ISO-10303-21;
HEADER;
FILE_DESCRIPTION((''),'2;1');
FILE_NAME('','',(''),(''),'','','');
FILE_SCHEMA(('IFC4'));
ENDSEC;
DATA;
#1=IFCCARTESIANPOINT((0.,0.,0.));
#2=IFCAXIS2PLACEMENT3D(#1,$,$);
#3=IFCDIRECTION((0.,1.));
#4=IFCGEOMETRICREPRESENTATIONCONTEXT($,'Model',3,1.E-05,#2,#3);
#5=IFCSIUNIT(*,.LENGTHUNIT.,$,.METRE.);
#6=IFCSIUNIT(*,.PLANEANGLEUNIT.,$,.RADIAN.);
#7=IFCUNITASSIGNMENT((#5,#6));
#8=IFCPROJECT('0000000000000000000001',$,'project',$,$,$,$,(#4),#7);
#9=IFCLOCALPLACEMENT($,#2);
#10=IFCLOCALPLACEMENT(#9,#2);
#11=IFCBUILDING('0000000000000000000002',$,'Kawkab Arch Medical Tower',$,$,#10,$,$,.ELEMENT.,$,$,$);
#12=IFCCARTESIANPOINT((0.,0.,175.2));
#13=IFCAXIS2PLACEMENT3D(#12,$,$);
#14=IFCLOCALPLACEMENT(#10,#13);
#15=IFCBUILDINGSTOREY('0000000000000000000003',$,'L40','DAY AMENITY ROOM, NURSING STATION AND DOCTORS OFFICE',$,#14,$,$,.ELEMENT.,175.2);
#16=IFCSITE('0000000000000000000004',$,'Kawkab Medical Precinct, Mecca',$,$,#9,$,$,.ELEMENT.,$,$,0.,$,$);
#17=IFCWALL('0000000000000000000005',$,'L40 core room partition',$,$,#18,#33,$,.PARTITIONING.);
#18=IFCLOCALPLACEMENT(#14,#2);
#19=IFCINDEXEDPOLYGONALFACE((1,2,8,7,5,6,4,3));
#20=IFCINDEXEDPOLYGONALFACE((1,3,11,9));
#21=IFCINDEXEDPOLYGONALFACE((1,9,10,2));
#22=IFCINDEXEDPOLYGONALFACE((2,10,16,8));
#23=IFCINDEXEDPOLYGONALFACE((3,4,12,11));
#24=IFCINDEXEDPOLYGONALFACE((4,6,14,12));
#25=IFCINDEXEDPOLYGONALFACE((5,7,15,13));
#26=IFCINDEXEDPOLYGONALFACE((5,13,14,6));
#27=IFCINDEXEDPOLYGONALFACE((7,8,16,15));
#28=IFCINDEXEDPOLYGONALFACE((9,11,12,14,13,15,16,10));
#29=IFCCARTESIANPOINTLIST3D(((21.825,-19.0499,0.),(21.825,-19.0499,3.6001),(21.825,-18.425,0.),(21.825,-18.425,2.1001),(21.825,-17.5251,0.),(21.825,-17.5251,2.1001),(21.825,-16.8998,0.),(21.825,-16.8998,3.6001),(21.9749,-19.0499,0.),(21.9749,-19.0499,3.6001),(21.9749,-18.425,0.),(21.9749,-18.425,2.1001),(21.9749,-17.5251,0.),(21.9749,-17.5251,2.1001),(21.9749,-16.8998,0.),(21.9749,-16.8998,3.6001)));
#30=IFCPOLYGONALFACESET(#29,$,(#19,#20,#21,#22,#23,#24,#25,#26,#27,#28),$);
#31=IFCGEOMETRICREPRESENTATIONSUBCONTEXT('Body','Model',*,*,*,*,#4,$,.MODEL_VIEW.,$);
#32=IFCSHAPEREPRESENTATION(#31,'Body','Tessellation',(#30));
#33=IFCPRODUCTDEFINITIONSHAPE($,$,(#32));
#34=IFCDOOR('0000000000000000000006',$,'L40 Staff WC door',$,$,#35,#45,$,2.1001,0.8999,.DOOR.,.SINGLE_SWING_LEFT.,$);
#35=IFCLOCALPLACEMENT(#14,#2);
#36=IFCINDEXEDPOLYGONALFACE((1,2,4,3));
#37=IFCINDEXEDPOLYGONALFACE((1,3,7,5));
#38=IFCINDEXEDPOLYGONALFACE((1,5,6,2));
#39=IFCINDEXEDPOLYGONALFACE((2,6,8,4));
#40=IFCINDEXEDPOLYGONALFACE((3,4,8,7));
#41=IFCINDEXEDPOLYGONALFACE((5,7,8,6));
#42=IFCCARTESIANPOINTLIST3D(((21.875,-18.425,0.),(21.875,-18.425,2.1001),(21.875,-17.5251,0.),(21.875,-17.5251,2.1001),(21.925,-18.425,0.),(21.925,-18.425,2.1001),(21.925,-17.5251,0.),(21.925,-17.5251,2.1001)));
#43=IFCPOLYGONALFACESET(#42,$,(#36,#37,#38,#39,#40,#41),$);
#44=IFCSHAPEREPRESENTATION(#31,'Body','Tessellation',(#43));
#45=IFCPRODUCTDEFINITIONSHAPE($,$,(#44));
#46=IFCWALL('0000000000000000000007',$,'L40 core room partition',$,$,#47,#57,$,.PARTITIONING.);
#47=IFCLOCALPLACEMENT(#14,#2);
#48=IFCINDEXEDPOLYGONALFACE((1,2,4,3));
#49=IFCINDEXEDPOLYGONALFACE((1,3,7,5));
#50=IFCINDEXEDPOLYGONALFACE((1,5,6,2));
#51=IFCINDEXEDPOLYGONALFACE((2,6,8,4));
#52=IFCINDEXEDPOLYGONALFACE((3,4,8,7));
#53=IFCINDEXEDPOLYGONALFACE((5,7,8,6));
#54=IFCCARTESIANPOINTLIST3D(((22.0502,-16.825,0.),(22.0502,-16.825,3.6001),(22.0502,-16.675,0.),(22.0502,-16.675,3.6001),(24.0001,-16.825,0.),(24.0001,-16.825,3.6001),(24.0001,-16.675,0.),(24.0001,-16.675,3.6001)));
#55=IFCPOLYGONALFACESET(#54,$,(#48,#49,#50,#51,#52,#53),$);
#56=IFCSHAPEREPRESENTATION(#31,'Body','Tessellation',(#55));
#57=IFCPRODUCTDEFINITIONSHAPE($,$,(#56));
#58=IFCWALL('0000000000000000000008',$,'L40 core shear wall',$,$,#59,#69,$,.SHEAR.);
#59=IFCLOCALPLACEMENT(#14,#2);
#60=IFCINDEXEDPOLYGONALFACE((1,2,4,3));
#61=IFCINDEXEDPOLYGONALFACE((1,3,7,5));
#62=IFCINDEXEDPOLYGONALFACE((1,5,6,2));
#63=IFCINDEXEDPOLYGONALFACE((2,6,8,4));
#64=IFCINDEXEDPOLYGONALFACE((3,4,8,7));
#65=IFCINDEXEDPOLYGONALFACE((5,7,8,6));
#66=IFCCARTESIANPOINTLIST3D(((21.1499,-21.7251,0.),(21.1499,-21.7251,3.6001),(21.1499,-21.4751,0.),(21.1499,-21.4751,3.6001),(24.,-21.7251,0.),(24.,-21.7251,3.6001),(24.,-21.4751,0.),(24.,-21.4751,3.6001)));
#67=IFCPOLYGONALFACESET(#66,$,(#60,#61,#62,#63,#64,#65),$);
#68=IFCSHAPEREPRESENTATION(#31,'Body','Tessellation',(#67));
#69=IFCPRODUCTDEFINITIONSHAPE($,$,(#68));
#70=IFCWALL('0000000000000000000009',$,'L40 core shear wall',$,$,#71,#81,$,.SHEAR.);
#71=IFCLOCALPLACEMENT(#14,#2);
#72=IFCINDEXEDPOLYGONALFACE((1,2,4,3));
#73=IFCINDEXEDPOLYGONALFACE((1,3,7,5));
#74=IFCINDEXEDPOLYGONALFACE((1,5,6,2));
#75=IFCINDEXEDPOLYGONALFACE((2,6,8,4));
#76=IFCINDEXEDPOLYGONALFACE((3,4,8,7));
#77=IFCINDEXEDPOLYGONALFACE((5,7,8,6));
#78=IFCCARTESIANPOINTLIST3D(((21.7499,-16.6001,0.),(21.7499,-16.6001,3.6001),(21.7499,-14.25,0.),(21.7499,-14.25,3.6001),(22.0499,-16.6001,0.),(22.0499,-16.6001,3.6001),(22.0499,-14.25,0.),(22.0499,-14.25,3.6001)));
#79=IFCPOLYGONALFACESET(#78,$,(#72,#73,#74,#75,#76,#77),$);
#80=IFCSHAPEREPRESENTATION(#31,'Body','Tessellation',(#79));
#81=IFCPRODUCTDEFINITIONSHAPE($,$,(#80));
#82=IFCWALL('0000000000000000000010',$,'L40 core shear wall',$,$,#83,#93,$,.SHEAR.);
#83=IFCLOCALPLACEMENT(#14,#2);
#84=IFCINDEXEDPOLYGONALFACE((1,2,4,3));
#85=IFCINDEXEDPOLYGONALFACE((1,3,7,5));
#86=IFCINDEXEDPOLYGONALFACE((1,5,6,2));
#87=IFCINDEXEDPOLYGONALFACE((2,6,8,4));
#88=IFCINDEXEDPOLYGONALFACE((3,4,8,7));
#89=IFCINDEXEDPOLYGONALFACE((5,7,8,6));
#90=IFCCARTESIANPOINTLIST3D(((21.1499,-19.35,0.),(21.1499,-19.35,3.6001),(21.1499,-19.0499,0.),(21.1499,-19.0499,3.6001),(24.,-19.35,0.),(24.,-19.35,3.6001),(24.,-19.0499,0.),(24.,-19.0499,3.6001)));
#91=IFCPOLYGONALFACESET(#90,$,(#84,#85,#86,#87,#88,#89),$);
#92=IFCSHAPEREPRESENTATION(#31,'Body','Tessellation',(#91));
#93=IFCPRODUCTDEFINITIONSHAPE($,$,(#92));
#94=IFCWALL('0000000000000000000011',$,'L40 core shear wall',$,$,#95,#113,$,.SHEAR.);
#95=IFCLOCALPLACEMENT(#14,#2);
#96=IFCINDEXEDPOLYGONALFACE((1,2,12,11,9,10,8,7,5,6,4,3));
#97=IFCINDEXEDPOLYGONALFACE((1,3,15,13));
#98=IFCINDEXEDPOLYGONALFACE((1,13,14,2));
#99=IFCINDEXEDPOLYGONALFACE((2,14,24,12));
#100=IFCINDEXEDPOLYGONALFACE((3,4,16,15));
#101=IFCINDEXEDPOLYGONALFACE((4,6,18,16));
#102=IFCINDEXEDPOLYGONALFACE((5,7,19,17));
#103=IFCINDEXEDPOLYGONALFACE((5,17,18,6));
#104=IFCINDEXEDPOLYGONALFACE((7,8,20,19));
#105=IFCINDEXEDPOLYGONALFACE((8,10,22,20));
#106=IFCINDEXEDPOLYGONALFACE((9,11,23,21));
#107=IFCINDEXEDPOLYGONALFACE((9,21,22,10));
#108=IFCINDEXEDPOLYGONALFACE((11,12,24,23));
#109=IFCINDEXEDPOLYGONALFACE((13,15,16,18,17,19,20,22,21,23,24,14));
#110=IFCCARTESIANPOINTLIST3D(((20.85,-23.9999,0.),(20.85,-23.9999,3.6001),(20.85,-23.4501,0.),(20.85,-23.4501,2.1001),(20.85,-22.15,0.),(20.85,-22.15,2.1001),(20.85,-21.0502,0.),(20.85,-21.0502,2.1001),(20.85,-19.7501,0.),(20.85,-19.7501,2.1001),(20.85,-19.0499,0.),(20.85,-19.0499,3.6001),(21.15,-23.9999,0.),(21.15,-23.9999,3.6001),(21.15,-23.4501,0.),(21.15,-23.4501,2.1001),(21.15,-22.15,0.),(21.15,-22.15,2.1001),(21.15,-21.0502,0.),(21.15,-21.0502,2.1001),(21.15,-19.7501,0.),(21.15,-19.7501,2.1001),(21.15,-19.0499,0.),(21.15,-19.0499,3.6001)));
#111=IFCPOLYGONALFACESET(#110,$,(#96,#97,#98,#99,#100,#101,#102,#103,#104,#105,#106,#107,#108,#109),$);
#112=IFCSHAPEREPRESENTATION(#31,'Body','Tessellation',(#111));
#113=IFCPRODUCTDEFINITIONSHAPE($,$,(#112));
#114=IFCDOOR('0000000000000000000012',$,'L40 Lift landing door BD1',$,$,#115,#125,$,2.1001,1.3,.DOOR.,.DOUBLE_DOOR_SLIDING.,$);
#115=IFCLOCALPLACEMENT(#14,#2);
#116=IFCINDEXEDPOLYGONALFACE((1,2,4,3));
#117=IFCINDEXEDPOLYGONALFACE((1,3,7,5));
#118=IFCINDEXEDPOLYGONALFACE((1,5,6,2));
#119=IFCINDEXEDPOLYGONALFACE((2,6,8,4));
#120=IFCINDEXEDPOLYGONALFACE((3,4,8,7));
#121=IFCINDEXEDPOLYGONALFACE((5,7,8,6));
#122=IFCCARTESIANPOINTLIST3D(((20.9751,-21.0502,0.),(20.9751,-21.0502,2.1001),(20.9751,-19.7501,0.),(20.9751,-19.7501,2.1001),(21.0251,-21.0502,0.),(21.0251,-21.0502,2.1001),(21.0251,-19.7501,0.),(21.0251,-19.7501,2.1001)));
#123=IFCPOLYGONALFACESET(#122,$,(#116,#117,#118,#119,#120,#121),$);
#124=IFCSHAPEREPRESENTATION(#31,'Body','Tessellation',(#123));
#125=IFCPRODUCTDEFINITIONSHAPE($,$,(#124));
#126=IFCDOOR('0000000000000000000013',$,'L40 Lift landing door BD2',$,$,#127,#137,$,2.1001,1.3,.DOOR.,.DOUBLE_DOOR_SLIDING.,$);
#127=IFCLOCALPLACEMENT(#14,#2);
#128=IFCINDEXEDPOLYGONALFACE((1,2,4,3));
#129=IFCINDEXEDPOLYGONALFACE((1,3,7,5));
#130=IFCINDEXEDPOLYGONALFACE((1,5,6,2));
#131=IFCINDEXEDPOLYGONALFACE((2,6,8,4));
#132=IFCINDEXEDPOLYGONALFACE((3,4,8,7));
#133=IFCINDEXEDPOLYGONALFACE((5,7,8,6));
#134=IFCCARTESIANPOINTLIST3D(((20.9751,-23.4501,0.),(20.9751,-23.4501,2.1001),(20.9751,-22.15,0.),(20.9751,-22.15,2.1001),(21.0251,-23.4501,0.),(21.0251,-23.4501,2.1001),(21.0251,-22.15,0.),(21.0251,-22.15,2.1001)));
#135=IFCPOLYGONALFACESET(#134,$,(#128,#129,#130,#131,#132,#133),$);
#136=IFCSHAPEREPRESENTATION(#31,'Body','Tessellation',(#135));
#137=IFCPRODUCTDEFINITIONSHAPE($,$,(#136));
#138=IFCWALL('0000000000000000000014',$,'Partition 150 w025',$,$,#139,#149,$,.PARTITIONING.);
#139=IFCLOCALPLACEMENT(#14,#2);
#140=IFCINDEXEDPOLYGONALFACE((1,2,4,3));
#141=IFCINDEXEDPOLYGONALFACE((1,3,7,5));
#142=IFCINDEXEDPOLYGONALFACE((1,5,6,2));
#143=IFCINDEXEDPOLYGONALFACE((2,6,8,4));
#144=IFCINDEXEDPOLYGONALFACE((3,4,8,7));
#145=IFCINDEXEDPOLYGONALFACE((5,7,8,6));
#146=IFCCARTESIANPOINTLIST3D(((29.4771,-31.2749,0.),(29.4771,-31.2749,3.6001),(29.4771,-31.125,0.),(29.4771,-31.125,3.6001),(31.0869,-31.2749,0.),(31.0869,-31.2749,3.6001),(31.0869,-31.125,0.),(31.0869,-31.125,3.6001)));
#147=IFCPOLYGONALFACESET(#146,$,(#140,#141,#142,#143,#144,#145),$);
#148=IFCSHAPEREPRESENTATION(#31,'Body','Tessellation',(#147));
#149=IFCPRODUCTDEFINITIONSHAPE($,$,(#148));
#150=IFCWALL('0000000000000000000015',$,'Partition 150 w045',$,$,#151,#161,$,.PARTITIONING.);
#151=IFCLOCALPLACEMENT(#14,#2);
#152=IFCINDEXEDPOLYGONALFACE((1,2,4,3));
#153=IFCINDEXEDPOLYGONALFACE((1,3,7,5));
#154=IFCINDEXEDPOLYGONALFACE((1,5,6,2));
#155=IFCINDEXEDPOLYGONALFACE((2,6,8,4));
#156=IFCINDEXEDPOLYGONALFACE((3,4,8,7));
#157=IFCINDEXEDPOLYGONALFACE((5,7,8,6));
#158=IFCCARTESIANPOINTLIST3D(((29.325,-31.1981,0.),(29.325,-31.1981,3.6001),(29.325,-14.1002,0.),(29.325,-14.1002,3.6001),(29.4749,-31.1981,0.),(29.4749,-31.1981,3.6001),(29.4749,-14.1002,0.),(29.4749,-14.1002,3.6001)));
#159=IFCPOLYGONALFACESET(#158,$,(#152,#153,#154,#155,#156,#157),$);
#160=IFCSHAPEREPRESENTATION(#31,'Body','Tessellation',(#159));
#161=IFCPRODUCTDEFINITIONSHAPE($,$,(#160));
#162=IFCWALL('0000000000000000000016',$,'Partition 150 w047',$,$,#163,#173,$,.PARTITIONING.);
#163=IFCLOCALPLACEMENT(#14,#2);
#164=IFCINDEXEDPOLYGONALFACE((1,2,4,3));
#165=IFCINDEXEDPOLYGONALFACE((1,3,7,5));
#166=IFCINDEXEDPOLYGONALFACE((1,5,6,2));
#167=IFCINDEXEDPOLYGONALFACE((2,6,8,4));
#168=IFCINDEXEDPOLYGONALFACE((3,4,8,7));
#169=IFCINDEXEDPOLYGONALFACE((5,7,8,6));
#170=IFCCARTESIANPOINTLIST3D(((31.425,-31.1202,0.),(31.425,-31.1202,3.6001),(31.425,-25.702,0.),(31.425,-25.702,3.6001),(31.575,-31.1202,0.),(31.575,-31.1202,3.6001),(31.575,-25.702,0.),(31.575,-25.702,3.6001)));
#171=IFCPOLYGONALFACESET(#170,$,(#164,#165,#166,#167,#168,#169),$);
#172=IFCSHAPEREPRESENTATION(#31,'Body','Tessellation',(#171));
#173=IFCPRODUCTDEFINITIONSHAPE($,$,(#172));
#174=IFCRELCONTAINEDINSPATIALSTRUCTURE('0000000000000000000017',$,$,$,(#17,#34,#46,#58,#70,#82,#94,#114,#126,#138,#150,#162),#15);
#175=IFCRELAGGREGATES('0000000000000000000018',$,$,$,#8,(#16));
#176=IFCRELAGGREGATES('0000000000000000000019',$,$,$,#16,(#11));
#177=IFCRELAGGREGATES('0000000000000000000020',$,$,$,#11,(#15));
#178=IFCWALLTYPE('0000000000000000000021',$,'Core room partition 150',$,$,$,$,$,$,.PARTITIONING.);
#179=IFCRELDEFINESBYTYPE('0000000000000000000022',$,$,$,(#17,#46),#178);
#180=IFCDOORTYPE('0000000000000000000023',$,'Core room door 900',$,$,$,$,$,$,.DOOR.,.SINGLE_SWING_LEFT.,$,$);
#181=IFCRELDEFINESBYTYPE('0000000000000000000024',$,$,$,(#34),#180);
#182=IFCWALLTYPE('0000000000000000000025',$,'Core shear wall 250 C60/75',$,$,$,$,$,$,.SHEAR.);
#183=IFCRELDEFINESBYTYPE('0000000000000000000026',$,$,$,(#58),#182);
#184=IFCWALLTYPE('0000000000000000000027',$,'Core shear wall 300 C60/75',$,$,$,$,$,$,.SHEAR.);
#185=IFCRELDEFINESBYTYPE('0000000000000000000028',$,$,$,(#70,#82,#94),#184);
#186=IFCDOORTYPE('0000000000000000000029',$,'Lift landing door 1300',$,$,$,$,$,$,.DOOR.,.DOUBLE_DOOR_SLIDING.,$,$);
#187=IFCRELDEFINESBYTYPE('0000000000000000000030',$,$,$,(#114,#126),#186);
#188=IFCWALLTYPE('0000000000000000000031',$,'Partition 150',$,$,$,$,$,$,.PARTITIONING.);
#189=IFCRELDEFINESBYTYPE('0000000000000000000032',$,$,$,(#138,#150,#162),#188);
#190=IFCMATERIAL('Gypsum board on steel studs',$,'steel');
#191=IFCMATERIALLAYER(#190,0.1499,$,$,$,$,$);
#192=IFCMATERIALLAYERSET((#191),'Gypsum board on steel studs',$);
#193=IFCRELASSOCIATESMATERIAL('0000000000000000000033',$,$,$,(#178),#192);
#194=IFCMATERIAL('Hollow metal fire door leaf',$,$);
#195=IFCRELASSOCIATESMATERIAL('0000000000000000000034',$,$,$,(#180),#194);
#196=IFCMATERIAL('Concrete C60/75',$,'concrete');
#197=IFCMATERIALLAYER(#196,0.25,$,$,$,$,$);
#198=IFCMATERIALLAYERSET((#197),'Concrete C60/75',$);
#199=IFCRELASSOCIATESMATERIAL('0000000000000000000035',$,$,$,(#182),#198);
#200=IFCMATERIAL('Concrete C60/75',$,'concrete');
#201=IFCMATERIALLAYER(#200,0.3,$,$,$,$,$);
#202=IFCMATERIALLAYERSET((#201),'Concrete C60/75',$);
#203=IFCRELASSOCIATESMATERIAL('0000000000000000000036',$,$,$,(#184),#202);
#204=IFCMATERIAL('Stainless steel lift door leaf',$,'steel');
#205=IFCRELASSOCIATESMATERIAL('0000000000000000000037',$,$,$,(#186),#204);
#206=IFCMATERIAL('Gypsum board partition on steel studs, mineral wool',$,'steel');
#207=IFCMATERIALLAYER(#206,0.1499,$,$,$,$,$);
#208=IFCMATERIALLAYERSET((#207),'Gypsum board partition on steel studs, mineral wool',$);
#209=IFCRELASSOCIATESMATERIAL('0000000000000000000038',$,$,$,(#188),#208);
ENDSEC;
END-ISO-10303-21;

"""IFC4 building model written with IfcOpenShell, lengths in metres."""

from ifc_helpers import new_model, si_unit, direction, frame, frame_2d, origin, place, context, subcontext, project, spatial, rectangle, extrude, material, layer, layer_set, type_object, element, fill, save


model = new_model("IFC4")

# Units and contexts
model_context = context("Model", 3, precision=1e-05, world=origin(), true_north=direction((0.0, 1.0)))
body_context = subcontext(model_context, "Body", "Model", "MODEL_VIEW")
ifc_project = project(units=[si_unit("LENGTHUNIT", "METRE"), si_unit("PLANEANGLEUNIT", "RADIAN")], contexts=[model_context])

# Site, building, storey
site_placement = place(None, origin())
site = spatial("IfcSite", under=ifc_project, at=site_placement, Name="Kawkab Medical Precinct, Mecca", CompositionType="ELEMENT", RefElevation=0.0)
building_placement = place(site_placement, origin())
building = spatial("IfcBuilding", under=site, at=building_placement, Name="Kawkab Arch Medical Tower", CompositionType="ELEMENT")
storey_placement = place(building_placement, frame((0.0, 0.0, 175.2)))
storey = spatial("IfcBuildingStorey", under=building, at=storey_placement, Name="L40", Description="DAY AMENITY ROOM, NURSING STATION AND DOCTORS OFFICE", CompositionType="ELEMENT", Elevation=175.2)

# Wall, opening, door
ifc_material_1 = material(Name="Gypsum board on steel studs", Category="steel")
ifc_layer_1 = layer(ifc_material_1, 0.1499)
ifc_layer_set_1 = layer_set([ifc_layer_1], Name="Gypsum board on steel studs")
wall_type_1 = type_object("IfcWallType", Name="Core room partition 150", PredefinedType="PARTITIONING", material=ifc_layer_set_1)
wall_1_placement = place(storey_placement, frame((21.8999, -19.05, 0.0), z_axis=(0.0, 0.0, 1.0), x_axis=(0.0, 1.0, 0.0)))
wall_1 = element("IfcWall", 1, at=wall_1_placement, inside=storey, type_object=wall_type_1, Name="L40 core room partition", PredefinedType="PARTITIONING", context=body_context, shape_type="SweptSolid", body=[
    extrude(rectangle(XDim=2.1501, YDim=0.1499, at=frame_2d((1.0752, 0.0))), origin(), (0.0, 0.0, 1.0), 3.6001),
])
opening_1_placement = place(wall_1_placement, frame((0.625, 0.0, 0.0)))
opening_1 = element("IfcOpeningElement", 2, at=opening_1_placement, cuts=wall_1, PredefinedType="OPENING", context=body_context, shape_type="SweptSolid", body=[
    extrude(rectangle(XDim=0.8999, YDim=2.1001, at=frame_2d((0.45, 1.05))), frame((0.0, 0.085, 0.0), z_axis=(0.0, -1.0, 0.0), x_axis=(1.0, 0.0, 0.0)), (0.0, 0.0, 1.0), 0.1699),
])
ifc_material_2 = material(Name="Hollow metal fire door leaf")
door_type_1 = type_object("IfcDoorType", Name="Core room door 900", OperationType="SINGLE_SWING_LEFT", PredefinedType="DOOR", material=ifc_material_2)
door_1_placement = place(opening_1_placement, origin())
door_1 = element("IfcDoor", 3, at=door_1_placement, inside=storey, type_object=door_type_1, Name="L40 Staff WC door", OperationType="SINGLE_SWING_LEFT", OverallHeight=2.1001, OverallWidth=0.8999, PredefinedType="DOOR", context=body_context, shape_type="SweptSolid", body=[
    extrude(rectangle(XDim=0.8999, YDim=2.1001, at=frame_2d((0.45, 1.05))), frame((0.0, 0.0249, 0.0), z_axis=(0.0, -1.0, 0.0), x_axis=(1.0, 0.0, 0.0)), (0.0, 0.0, 1.0), 0.05),
])
fill(opening_1, door_1)

# Walls
wall_2_placement = place(storey_placement, frame((22.05, -16.75, 0.0), z_axis=(0.0, 0.0, 1.0), x_axis=(1.0, 0.0, 0.0)))
element("IfcWall", 4, at=wall_2_placement, inside=storey, type_object=wall_type_1, Name="L40 core room partition", PredefinedType="PARTITIONING", context=body_context, shape_type="SweptSolid", body=[
    extrude(rectangle(XDim=1.95, YDim=0.1499, at=frame_2d((0.9751, 0.0))), origin(), (0.0, 0.0, 1.0), 3.6001),
])
ifc_material_3 = material(Name="Concrete C60/75", Category="concrete")
ifc_layer_2 = layer(ifc_material_3, 0.25)
ifc_layer_set_2 = layer_set([ifc_layer_2], Name="Concrete C60/75")
wall_type_2 = type_object("IfcWallType", Name="Core shear wall 250 C60/75", PredefinedType="SHEAR", material=ifc_layer_set_2)
wall_3_placement = place(storey_placement, frame((21.1499, -21.6001, 0.0), z_axis=(0.0, 0.0, 1.0), x_axis=(1.0, 0.0, 0.0)))
element("IfcWall", 5, at=wall_3_placement, inside=storey, type_object=wall_type_2, Name="L40 core shear wall", PredefinedType="SHEAR", context=body_context, shape_type="SweptSolid", body=[
    extrude(rectangle(XDim=2.8501, YDim=0.25, at=frame_2d((1.425, 0.0))), origin(), (0.0, 0.0, 1.0), 3.6001),
])
ifc_material_4 = material(Name="Concrete C60/75", Category="concrete")
ifc_layer_3 = layer(ifc_material_4, 0.3)
ifc_layer_set_3 = layer_set([ifc_layer_3], Name="Concrete C60/75")
wall_type_3 = type_object("IfcWallType", Name="Core shear wall 300 C60/75", PredefinedType="SHEAR", material=ifc_layer_set_3)
wall_4_placement = place(storey_placement, frame((21.8999, -16.6001, 0.0), z_axis=(0.0, 0.0, 1.0), x_axis=(0.0, 1.0, 0.0)))
element("IfcWall", 6, at=wall_4_placement, inside=storey, type_object=wall_type_3, Name="L40 core shear wall", PredefinedType="SHEAR", context=body_context, shape_type="SweptSolid", body=[
    extrude(rectangle(XDim=2.3501, YDim=0.3, at=frame_2d((1.175, 0.0))), origin(), (0.0, 0.0, 1.0), 3.6001),
])
wall_5_placement = place(storey_placement, frame((21.1499, -19.2, 0.0), z_axis=(0.0, 0.0, 1.0), x_axis=(1.0, 0.0, 0.0)))
element("IfcWall", 7, at=wall_5_placement, inside=storey, type_object=wall_type_3, Name="L40 core shear wall", PredefinedType="SHEAR", context=body_context, shape_type="SweptSolid", body=[
    extrude(rectangle(XDim=2.8501, YDim=0.3, at=frame_2d((1.425, 0.0))), origin(), (0.0, 0.0, 1.0), 3.6001),
])

# Wall, openings, doors
wall_6_placement = place(storey_placement, frame((21.0, -24.0, 0.0), z_axis=(0.0, 0.0, 1.0), x_axis=(0.0, 1.0, 0.0)))
wall_6 = element("IfcWall", 8, at=wall_6_placement, inside=storey, type_object=wall_type_3, Name="L40 core shear wall", PredefinedType="SHEAR", context=body_context, shape_type="SweptSolid", body=[
    extrude(rectangle(XDim=4.95, YDim=0.3, at=frame_2d((2.4751, 0.0))), origin(), (0.0, 0.0, 1.0), 3.6001),
])
opening_2_placement = place(wall_6_placement, frame((2.95, 0.0, 0.0)))
opening_2 = element("IfcOpeningElement", 9, at=opening_2_placement, cuts=wall_6, PredefinedType="OPENING", context=body_context, shape_type="SweptSolid", body=[
    extrude(rectangle(XDim=1.3, YDim=2.1001, at=frame_2d((0.6499, 1.05))), frame((0.0, 0.1599, 0.0), z_axis=(0.0, -1.0, 0.0), x_axis=(1.0, 0.0, 0.0)), (0.0, 0.0, 1.0), 0.3201),
])
opening_3_placement = place(wall_6_placement, frame((0.55, 0.0, 0.0)))
opening_3 = element("IfcOpeningElement", 10, at=opening_3_placement, cuts=wall_6, PredefinedType="OPENING", context=body_context, shape_type="SweptSolid", body=[
    extrude(rectangle(XDim=1.3, YDim=2.1001, at=frame_2d((0.6499, 1.05))), frame((0.0, 0.1599, 0.0), z_axis=(0.0, -1.0, 0.0), x_axis=(1.0, 0.0, 0.0)), (0.0, 0.0, 1.0), 0.3201),
])
ifc_material_5 = material(Name="Stainless steel lift door leaf", Category="steel")
door_type_2 = type_object("IfcDoorType", Name="Lift landing door 1300", OperationType="DOUBLE_DOOR_SLIDING", PredefinedType="DOOR", material=ifc_material_5)
door_2_placement = place(opening_2_placement, origin())
door_2 = element("IfcDoor", 11, at=door_2_placement, inside=storey, type_object=door_type_2, Name="L40 Lift landing door BD1", OperationType="DOUBLE_DOOR_SLIDING", OverallHeight=2.1001, OverallWidth=1.3, PredefinedType="DOOR", context=body_context, shape_type="SweptSolid", body=[
    extrude(rectangle(XDim=1.3, YDim=2.1001, at=frame_2d((0.6499, 1.05))), frame((0.0, 0.0249, 0.0), z_axis=(0.0, -1.0, 0.0), x_axis=(1.0, 0.0, 0.0)), (0.0, 0.0, 1.0), 0.05),
])
fill(opening_2, door_2)
door_3_placement = place(opening_3_placement, origin())
door_3 = element("IfcDoor", 12, at=door_3_placement, inside=storey, type_object=door_type_2, Name="L40 Lift landing door BD2", OperationType="DOUBLE_DOOR_SLIDING", OverallHeight=2.1001, OverallWidth=1.3, PredefinedType="DOOR", context=body_context, shape_type="SweptSolid", body=[
    extrude(rectangle(XDim=1.3, YDim=2.1001, at=frame_2d((0.6499, 1.05))), frame((0.0, 0.0249, 0.0), z_axis=(0.0, -1.0, 0.0), x_axis=(1.0, 0.0, 0.0)), (0.0, 0.0, 1.0), 0.05),
])
fill(opening_3, door_3)

# Walls
ifc_material_6 = material(Name="Gypsum board partition on steel studs, mineral wool", Category="steel")
ifc_layer_4 = layer(ifc_material_6, 0.1499)
ifc_layer_set_4 = layer_set([ifc_layer_4], Name="Gypsum board partition on steel studs, mineral wool")
wall_type_4 = type_object("IfcWallType", Name="Partition 150", PredefinedType="PARTITIONING", material=ifc_layer_set_4)
wall_7_placement = place(storey_placement, frame((29.4771, -31.2, 0.0), z_axis=(0.0, 0.0, 1.0), x_axis=(1.0, 0.0, 0.0)))
element("IfcWall", 13, at=wall_7_placement, inside=storey, type_object=wall_type_4, Name="Partition 150 w025", PredefinedType="PARTITIONING", context=body_context, shape_type="SweptSolid", body=[
    extrude(rectangle(XDim=1.6099, YDim=0.1499, at=frame_2d((0.8049, 0.0))), origin(), (0.0, 0.0, 1.0), 3.6001),
])
wall_8_placement = place(storey_placement, frame((29.3999, -31.198, 0.0), z_axis=(0.0, 0.0, 1.0), x_axis=(0.0, 1.0, 0.0)))
element("IfcWall", 14, at=wall_8_placement, inside=storey, type_object=wall_type_4, Name="Partition 150 w045", PredefinedType="PARTITIONING", context=body_context, shape_type="SweptSolid", body=[
    extrude(rectangle(XDim=17.0979, YDim=0.1499, at=frame_2d((8.5488, 0.0))), origin(), (0.0, 0.0, 1.0), 3.6001),
])
wall_9_placement = place(storey_placement, frame((31.5, -31.1201, 0.0), z_axis=(0.0, 0.0, 1.0), x_axis=(0.0, 1.0, 0.0)))
element("IfcWall", 15, at=wall_9_placement, inside=storey, type_object=wall_type_4, Name="Partition 150 w047", PredefinedType="PARTITIONING", context=body_context, shape_type="SweptSolid", body=[
    extrude(rectangle(XDim=5.4182, YDim=0.1499, at=frame_2d((2.709, 0.0))), origin(), (0.0, 0.0, 1.0), 3.6001),
])

save(model, "model.ifc")
